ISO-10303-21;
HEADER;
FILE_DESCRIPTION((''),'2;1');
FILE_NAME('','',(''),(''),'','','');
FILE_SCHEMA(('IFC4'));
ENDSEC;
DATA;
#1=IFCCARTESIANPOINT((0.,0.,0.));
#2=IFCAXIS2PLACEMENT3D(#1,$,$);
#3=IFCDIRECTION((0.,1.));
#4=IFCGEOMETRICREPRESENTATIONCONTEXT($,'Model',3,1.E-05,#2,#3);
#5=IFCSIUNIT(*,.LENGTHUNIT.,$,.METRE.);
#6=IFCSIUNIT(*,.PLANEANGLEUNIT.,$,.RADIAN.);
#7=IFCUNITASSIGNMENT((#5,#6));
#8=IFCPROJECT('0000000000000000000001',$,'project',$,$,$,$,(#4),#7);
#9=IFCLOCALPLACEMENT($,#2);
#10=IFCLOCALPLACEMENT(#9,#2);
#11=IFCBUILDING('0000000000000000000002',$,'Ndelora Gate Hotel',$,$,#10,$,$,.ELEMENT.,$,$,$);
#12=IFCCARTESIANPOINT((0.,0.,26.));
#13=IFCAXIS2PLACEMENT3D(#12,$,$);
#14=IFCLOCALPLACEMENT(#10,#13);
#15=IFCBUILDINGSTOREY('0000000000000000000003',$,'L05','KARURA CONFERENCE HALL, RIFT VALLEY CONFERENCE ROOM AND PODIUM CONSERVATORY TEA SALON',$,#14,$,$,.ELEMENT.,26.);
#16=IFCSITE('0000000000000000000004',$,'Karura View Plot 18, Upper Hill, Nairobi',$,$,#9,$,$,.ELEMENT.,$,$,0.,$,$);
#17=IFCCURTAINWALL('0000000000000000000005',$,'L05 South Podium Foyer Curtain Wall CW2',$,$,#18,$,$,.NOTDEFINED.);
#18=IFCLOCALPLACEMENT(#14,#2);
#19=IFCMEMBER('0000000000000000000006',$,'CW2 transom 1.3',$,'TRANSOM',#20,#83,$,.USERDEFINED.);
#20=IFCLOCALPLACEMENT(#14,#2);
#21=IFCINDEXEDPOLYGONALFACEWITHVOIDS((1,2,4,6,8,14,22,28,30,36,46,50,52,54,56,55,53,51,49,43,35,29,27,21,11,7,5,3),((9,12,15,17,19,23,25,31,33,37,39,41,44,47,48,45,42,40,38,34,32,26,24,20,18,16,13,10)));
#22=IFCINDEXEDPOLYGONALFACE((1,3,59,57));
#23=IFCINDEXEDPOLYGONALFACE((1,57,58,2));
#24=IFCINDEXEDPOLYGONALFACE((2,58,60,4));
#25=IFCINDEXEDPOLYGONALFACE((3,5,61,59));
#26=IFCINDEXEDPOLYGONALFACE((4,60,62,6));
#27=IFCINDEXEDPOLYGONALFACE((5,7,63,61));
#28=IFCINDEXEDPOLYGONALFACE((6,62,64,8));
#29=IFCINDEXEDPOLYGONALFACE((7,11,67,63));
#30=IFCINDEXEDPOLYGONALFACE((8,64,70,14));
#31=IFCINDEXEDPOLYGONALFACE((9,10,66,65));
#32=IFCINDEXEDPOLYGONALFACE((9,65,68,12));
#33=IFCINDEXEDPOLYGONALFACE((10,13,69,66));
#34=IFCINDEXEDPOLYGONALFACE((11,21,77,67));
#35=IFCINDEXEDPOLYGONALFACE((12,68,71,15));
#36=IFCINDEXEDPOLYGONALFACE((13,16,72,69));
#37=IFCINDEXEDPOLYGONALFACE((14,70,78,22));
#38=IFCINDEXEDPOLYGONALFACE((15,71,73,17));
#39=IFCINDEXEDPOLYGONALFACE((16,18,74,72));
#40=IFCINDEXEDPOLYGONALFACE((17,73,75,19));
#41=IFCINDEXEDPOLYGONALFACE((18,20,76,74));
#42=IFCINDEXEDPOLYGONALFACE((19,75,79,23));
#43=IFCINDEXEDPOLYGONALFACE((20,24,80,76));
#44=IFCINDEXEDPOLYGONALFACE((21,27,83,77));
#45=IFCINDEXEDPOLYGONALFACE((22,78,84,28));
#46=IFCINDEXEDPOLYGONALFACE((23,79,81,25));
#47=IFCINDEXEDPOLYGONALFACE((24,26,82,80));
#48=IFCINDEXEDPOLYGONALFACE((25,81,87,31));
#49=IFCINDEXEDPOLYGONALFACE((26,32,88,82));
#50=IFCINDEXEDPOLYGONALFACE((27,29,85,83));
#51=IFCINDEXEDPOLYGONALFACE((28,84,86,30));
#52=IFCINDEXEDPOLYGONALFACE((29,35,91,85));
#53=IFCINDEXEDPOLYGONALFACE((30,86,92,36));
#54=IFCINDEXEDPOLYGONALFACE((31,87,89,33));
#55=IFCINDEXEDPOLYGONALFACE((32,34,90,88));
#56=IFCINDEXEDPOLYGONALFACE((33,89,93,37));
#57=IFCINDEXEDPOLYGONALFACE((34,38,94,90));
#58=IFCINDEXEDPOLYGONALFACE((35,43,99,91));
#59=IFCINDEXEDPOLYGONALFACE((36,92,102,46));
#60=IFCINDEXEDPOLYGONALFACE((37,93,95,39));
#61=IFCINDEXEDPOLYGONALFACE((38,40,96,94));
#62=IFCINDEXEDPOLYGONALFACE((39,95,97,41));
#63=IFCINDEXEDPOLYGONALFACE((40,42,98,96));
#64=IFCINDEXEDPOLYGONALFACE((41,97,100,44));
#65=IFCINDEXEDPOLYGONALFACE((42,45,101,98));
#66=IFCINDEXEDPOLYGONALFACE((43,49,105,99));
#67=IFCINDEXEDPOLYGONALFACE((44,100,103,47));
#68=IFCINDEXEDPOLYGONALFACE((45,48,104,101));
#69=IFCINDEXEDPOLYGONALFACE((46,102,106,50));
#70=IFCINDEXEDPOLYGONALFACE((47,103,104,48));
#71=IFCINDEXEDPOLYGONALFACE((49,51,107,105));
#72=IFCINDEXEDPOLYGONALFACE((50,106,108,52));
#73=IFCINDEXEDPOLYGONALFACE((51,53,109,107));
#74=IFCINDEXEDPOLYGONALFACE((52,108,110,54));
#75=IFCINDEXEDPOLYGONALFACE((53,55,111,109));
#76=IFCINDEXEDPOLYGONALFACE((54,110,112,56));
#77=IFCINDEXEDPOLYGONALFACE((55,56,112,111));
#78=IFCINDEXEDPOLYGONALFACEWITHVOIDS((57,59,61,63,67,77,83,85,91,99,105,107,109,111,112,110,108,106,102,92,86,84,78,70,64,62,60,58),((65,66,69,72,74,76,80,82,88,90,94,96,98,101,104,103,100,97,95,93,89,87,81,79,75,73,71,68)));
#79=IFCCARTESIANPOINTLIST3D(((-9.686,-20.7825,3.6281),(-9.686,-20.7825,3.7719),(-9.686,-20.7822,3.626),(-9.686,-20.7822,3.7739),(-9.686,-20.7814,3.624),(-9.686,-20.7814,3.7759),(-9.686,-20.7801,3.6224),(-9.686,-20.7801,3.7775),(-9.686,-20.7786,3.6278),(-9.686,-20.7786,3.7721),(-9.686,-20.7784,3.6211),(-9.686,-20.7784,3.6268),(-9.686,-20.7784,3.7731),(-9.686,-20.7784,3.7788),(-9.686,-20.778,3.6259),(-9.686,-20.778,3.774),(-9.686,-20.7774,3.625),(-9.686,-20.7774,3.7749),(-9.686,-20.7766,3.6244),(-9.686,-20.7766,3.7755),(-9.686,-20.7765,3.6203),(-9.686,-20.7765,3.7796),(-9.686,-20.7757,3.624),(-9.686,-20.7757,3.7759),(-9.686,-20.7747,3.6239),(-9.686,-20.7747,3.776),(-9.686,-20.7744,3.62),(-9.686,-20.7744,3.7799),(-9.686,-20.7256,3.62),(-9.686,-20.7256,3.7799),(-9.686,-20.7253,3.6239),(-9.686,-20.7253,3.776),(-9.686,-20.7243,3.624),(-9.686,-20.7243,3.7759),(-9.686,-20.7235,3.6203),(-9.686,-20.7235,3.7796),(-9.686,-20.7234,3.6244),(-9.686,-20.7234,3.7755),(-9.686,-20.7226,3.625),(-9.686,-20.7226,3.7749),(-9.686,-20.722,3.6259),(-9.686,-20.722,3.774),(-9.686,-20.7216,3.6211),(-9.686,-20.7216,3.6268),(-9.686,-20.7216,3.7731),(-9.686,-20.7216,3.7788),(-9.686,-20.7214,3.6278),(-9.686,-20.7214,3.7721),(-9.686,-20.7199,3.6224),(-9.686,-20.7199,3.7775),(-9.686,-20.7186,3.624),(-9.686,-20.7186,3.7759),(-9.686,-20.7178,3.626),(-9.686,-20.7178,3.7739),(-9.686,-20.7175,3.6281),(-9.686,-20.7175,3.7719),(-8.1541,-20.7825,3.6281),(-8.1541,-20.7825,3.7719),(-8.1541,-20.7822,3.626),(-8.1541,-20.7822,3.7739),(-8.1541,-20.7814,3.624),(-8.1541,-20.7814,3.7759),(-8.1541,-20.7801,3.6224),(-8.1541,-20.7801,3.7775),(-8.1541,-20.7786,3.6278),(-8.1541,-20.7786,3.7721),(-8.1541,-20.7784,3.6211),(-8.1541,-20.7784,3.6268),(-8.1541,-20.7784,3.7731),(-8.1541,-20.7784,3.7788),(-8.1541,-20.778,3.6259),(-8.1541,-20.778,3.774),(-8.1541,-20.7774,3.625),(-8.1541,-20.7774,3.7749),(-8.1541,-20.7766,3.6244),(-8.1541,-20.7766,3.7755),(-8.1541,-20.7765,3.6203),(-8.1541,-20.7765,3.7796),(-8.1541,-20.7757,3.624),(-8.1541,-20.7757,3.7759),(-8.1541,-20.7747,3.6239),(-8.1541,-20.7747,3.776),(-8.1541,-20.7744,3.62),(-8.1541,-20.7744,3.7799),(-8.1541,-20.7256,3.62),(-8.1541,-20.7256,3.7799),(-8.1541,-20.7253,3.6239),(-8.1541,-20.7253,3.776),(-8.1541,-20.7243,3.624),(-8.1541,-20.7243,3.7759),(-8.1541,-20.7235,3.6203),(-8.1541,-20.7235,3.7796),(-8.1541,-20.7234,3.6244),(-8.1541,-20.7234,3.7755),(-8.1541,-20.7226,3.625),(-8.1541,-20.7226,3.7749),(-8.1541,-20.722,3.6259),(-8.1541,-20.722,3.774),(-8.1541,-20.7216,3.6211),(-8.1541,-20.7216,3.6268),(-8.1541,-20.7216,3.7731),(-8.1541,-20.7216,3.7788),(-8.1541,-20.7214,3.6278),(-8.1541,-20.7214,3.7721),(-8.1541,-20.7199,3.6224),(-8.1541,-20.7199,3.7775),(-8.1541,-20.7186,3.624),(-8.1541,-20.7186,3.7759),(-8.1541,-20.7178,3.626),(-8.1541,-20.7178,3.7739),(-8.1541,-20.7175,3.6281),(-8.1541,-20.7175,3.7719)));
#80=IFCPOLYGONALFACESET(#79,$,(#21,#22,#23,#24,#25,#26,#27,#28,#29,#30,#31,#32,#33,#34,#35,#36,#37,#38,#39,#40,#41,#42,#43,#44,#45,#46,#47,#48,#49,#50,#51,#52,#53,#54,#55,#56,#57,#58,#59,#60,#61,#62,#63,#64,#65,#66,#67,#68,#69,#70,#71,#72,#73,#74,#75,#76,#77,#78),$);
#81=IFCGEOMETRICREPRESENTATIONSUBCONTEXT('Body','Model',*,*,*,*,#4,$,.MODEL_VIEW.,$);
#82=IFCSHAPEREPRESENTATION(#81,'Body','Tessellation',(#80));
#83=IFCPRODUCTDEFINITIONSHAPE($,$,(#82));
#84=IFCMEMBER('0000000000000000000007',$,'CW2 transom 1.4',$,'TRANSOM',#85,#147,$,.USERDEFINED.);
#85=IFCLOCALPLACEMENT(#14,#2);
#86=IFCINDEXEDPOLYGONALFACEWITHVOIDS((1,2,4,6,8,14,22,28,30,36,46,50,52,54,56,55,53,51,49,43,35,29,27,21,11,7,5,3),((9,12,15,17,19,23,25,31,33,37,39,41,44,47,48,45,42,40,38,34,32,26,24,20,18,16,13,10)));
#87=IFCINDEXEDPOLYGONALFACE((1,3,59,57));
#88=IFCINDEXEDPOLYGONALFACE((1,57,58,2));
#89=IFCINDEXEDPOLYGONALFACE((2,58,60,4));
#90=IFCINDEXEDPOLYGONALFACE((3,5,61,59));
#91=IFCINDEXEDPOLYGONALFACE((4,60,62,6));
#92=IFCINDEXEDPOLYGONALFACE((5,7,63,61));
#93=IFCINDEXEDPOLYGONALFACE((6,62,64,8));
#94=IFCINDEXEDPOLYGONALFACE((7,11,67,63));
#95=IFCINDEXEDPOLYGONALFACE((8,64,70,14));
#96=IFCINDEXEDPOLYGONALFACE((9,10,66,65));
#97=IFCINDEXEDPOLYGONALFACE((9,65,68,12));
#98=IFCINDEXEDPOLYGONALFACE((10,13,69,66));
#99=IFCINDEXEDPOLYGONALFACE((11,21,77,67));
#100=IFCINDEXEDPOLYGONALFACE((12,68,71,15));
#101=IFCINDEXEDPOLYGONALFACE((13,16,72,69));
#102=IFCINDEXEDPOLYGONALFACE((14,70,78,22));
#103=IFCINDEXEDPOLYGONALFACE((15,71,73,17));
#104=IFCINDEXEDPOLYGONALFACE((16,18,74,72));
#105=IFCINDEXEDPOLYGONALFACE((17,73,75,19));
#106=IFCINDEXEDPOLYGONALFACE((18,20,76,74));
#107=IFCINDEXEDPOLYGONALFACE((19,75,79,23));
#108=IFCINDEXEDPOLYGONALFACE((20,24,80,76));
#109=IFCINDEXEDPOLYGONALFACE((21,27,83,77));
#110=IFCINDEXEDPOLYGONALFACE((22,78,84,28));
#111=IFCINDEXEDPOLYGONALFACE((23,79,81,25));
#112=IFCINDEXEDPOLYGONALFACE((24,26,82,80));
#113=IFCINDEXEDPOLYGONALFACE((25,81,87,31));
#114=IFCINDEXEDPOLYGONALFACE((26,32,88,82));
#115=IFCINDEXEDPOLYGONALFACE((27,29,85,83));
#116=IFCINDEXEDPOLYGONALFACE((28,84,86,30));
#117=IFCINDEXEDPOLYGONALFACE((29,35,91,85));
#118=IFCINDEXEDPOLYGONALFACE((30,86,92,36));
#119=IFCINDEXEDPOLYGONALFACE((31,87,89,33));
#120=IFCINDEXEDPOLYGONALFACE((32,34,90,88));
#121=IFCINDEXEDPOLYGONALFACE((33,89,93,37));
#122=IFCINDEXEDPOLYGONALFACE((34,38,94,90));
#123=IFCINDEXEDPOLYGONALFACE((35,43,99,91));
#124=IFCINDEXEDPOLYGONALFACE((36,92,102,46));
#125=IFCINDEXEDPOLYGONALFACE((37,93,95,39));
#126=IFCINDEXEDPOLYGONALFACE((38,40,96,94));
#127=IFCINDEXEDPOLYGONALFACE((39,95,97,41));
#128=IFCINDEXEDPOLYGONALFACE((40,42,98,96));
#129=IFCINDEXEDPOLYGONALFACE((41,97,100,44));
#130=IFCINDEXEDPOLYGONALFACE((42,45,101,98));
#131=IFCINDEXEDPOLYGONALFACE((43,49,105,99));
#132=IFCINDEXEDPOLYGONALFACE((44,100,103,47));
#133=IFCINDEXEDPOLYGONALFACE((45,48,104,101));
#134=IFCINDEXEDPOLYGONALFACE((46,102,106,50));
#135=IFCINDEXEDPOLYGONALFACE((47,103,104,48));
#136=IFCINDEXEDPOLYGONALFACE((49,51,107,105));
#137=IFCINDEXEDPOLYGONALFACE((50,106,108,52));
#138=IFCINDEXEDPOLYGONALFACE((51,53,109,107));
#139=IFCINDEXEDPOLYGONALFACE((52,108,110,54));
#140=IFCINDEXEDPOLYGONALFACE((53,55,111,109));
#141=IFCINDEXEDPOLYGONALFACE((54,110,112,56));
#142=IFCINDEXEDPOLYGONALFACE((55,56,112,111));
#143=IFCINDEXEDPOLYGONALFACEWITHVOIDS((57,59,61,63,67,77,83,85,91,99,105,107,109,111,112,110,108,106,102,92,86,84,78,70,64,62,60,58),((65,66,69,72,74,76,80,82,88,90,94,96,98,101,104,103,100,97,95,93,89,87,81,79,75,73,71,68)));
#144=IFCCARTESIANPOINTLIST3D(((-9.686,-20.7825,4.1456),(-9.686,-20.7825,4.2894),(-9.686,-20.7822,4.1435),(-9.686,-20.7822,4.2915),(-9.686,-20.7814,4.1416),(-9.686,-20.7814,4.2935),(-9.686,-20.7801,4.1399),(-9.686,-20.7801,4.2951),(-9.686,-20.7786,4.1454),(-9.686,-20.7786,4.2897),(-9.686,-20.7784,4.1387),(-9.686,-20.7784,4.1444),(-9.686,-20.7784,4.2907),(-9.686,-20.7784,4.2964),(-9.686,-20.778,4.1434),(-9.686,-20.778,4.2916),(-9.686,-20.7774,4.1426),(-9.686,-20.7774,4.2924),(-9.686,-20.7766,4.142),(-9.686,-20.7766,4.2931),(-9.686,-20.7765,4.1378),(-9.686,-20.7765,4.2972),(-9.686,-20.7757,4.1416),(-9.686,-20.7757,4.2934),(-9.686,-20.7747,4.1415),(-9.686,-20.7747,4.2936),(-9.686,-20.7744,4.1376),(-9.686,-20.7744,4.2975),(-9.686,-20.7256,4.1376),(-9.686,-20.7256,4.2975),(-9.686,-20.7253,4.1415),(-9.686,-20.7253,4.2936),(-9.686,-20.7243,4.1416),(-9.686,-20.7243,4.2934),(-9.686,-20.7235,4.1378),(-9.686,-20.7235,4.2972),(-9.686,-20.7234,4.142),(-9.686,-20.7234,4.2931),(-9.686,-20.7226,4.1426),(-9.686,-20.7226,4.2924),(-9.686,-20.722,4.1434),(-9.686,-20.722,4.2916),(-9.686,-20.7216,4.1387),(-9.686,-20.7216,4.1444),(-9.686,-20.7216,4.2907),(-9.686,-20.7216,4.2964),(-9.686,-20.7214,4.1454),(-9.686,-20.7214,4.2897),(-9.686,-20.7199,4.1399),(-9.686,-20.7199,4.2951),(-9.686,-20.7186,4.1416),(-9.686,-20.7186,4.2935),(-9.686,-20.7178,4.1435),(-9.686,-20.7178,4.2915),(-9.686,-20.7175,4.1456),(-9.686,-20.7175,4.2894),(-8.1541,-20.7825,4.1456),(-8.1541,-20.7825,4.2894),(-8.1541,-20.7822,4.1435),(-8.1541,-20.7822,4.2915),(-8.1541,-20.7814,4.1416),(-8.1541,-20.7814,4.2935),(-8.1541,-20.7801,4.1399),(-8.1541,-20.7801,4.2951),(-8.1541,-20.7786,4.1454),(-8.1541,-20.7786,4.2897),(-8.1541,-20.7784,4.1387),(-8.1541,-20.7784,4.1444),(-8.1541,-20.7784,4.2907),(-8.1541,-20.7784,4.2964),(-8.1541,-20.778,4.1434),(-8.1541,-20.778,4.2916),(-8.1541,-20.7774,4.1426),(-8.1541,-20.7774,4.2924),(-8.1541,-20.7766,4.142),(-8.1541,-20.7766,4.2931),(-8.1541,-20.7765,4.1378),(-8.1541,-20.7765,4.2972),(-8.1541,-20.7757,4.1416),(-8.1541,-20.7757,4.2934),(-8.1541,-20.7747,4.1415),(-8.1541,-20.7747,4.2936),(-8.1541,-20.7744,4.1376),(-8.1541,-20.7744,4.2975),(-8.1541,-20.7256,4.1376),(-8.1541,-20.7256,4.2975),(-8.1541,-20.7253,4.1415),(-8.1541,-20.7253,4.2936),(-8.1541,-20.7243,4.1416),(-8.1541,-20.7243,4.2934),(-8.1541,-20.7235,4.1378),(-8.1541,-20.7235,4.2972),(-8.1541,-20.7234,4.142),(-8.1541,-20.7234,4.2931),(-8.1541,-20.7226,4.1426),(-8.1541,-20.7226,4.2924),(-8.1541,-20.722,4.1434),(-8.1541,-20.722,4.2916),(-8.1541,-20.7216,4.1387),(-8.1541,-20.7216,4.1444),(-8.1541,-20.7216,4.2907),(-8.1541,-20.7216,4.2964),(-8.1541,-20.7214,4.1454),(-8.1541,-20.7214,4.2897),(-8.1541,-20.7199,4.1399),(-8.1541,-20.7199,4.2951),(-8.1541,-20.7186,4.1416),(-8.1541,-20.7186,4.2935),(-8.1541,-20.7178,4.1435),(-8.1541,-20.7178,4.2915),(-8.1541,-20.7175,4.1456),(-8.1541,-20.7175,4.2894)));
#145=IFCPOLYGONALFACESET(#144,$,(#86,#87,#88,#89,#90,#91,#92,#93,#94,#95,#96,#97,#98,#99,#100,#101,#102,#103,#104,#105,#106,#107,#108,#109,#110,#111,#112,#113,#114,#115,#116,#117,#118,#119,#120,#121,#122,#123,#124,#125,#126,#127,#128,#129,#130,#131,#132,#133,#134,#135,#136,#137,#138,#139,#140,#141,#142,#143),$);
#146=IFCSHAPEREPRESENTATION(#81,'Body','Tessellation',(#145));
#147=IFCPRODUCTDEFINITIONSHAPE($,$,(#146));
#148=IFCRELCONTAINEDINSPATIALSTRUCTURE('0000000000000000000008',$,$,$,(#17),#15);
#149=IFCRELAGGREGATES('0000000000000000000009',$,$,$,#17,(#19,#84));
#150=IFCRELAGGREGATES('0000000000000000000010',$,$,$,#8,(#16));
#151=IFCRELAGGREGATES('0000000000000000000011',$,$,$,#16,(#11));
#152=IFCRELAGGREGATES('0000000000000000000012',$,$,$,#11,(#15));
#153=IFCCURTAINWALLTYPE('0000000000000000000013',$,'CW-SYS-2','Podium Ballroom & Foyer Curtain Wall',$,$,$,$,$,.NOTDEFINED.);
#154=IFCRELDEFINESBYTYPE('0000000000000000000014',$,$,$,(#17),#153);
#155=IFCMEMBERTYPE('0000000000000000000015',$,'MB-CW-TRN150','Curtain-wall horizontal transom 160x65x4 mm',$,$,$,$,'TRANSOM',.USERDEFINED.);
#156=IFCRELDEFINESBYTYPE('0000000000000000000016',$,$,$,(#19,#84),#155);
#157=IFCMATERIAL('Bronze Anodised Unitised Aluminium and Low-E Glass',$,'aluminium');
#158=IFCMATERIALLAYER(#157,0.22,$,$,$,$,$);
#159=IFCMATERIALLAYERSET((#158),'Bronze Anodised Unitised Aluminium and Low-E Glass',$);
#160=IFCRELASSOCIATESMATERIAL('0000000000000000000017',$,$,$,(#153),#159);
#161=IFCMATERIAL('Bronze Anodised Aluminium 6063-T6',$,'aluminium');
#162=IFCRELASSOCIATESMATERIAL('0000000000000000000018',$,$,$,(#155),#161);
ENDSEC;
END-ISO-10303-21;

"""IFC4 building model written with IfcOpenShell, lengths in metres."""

from ifc_helpers import new_model, si_unit, direction, frame, origin, origin_2d, place, context, subcontext, project, spatial, hollow_rectangle, extrude, material, layer, layer_set, material_profile, profile_set, type_object, element, aggregate, save


model = new_model("IFC4")

# Units and contexts
model_context = context("Model", 3, precision=1e-05, world=origin(), true_north=direction((0.0, 1.0)))
body_context = subcontext(model_context, "Body", "Model", "MODEL_VIEW")
ifc_project = project(units=[si_unit("LENGTHUNIT", "METRE"), si_unit("PLANEANGLEUNIT", "RADIAN")], contexts=[model_context])

# Site, building, storey
site_placement = place(None, origin())
site = spatial("IfcSite", under=ifc_project, at=site_placement, Name="Karura View Plot 18, Upper Hill, Nairobi", CompositionType="ELEMENT", RefElevation=0.0)
building_placement = place(site_placement, origin())
building = spatial("IfcBuilding", under=site, at=building_placement, Name="Ndelora Gate Hotel", CompositionType="ELEMENT")
storey_placement = place(building_placement, frame((0.0, 0.0, 26.0)))
storey = spatial("IfcBuildingStorey", under=building, at=storey_placement, Name="L05", Description="KARURA CONFERENCE HALL, RIFT VALLEY CONFERENCE ROOM AND PODIUM CONSERVATORY TEA SALON", CompositionType="ELEMENT", Elevation=26.0)

# Curtain wall, members
ifc_material_1 = material(Name="Bronze Anodised Unitised Aluminium and Low-E Glass", Category="aluminium")
ifc_layer_1 = layer(ifc_material_1, 0.22)
ifc_layer_set_1 = layer_set([ifc_layer_1], Name="Bronze Anodised Unitised Aluminium and Low-E Glass")
curtain_wall_type = type_object("IfcCurtainWallType", Name="CW-SYS-2", Description="Podium Ballroom & Foyer Curtain Wall", PredefinedType="NOTDEFINED", material=ifc_layer_set_1)
curtain_wall_placement = place(storey_placement, origin())
curtain_wall = element("IfcCurtainWall", 1, at=curtain_wall_placement, inside=storey, type_object=curtain_wall_type, Name="L05 South Podium Foyer Curtain Wall CW2", PredefinedType="NOTDEFINED")
ifc_material_2 = material(Name="Bronze Anodised Aluminium 6063-T6", Category="aluminium")
ifc_material_profile_1 = material_profile(ifc_material_2, hollow_rectangle(XDim=0.0649, YDim=0.1599, WallThickness=0.0039, InnerFilletRadius=0.0039, OuterFilletRadius=0.0081, at=origin_2d()), Name="ALU 160x65x4")
ifc_profile_set_1 = profile_set([ifc_material_profile_1], Name="Bronze Anodised Aluminium 6063-T6")
member_type_1 = type_object("IfcMemberType", Name="MB-CW-TRN150", Description="Curtain-wall horizontal transom 160x65x4 mm", ElementType="TRANSOM", PredefinedType="USERDEFINED", material=ifc_profile_set_1)
member_1_placement = place(storey_placement, frame((-9.686, -20.75, 3.7), z_axis=(1.0, 0.0, 0.0), x_axis=(0.0, 1.0, 0.0)))
member_1 = element("IfcMember", 2, at=member_1_placement, type_object=member_type_1, Name="CW2 transom 1.3", ObjectType="TRANSOM", PredefinedType="USERDEFINED", context=body_context, shape_type="SweptSolid", body=[
    extrude(hollow_rectangle(XDim=0.0649, YDim=0.1599, WallThickness=0.0039, InnerFilletRadius=0.0039, OuterFilletRadius=0.0081, at=origin_2d()), origin(), (0.0, 0.0, 1.0), 1.532),
])
member_2_placement = place(storey_placement, frame((-9.686, -20.75, 4.2175), z_axis=(1.0, 0.0, 0.0), x_axis=(0.0, 1.0, 0.0)))
member_2 = element("IfcMember", 3, at=member_2_placement, type_object=member_type_1, Name="CW2 transom 1.4", ObjectType="TRANSOM", PredefinedType="USERDEFINED", context=body_context, shape_type="SweptSolid", body=[
    extrude(hollow_rectangle(XDim=0.0649, YDim=0.1599, WallThickness=0.0039, InnerFilletRadius=0.0039, OuterFilletRadius=0.0081, at=origin_2d()), origin(), (0.0, 0.0, 1.0), 1.532),
])
aggregate(curtain_wall, [member_1, member_2])

save(model, "model.ifc")
